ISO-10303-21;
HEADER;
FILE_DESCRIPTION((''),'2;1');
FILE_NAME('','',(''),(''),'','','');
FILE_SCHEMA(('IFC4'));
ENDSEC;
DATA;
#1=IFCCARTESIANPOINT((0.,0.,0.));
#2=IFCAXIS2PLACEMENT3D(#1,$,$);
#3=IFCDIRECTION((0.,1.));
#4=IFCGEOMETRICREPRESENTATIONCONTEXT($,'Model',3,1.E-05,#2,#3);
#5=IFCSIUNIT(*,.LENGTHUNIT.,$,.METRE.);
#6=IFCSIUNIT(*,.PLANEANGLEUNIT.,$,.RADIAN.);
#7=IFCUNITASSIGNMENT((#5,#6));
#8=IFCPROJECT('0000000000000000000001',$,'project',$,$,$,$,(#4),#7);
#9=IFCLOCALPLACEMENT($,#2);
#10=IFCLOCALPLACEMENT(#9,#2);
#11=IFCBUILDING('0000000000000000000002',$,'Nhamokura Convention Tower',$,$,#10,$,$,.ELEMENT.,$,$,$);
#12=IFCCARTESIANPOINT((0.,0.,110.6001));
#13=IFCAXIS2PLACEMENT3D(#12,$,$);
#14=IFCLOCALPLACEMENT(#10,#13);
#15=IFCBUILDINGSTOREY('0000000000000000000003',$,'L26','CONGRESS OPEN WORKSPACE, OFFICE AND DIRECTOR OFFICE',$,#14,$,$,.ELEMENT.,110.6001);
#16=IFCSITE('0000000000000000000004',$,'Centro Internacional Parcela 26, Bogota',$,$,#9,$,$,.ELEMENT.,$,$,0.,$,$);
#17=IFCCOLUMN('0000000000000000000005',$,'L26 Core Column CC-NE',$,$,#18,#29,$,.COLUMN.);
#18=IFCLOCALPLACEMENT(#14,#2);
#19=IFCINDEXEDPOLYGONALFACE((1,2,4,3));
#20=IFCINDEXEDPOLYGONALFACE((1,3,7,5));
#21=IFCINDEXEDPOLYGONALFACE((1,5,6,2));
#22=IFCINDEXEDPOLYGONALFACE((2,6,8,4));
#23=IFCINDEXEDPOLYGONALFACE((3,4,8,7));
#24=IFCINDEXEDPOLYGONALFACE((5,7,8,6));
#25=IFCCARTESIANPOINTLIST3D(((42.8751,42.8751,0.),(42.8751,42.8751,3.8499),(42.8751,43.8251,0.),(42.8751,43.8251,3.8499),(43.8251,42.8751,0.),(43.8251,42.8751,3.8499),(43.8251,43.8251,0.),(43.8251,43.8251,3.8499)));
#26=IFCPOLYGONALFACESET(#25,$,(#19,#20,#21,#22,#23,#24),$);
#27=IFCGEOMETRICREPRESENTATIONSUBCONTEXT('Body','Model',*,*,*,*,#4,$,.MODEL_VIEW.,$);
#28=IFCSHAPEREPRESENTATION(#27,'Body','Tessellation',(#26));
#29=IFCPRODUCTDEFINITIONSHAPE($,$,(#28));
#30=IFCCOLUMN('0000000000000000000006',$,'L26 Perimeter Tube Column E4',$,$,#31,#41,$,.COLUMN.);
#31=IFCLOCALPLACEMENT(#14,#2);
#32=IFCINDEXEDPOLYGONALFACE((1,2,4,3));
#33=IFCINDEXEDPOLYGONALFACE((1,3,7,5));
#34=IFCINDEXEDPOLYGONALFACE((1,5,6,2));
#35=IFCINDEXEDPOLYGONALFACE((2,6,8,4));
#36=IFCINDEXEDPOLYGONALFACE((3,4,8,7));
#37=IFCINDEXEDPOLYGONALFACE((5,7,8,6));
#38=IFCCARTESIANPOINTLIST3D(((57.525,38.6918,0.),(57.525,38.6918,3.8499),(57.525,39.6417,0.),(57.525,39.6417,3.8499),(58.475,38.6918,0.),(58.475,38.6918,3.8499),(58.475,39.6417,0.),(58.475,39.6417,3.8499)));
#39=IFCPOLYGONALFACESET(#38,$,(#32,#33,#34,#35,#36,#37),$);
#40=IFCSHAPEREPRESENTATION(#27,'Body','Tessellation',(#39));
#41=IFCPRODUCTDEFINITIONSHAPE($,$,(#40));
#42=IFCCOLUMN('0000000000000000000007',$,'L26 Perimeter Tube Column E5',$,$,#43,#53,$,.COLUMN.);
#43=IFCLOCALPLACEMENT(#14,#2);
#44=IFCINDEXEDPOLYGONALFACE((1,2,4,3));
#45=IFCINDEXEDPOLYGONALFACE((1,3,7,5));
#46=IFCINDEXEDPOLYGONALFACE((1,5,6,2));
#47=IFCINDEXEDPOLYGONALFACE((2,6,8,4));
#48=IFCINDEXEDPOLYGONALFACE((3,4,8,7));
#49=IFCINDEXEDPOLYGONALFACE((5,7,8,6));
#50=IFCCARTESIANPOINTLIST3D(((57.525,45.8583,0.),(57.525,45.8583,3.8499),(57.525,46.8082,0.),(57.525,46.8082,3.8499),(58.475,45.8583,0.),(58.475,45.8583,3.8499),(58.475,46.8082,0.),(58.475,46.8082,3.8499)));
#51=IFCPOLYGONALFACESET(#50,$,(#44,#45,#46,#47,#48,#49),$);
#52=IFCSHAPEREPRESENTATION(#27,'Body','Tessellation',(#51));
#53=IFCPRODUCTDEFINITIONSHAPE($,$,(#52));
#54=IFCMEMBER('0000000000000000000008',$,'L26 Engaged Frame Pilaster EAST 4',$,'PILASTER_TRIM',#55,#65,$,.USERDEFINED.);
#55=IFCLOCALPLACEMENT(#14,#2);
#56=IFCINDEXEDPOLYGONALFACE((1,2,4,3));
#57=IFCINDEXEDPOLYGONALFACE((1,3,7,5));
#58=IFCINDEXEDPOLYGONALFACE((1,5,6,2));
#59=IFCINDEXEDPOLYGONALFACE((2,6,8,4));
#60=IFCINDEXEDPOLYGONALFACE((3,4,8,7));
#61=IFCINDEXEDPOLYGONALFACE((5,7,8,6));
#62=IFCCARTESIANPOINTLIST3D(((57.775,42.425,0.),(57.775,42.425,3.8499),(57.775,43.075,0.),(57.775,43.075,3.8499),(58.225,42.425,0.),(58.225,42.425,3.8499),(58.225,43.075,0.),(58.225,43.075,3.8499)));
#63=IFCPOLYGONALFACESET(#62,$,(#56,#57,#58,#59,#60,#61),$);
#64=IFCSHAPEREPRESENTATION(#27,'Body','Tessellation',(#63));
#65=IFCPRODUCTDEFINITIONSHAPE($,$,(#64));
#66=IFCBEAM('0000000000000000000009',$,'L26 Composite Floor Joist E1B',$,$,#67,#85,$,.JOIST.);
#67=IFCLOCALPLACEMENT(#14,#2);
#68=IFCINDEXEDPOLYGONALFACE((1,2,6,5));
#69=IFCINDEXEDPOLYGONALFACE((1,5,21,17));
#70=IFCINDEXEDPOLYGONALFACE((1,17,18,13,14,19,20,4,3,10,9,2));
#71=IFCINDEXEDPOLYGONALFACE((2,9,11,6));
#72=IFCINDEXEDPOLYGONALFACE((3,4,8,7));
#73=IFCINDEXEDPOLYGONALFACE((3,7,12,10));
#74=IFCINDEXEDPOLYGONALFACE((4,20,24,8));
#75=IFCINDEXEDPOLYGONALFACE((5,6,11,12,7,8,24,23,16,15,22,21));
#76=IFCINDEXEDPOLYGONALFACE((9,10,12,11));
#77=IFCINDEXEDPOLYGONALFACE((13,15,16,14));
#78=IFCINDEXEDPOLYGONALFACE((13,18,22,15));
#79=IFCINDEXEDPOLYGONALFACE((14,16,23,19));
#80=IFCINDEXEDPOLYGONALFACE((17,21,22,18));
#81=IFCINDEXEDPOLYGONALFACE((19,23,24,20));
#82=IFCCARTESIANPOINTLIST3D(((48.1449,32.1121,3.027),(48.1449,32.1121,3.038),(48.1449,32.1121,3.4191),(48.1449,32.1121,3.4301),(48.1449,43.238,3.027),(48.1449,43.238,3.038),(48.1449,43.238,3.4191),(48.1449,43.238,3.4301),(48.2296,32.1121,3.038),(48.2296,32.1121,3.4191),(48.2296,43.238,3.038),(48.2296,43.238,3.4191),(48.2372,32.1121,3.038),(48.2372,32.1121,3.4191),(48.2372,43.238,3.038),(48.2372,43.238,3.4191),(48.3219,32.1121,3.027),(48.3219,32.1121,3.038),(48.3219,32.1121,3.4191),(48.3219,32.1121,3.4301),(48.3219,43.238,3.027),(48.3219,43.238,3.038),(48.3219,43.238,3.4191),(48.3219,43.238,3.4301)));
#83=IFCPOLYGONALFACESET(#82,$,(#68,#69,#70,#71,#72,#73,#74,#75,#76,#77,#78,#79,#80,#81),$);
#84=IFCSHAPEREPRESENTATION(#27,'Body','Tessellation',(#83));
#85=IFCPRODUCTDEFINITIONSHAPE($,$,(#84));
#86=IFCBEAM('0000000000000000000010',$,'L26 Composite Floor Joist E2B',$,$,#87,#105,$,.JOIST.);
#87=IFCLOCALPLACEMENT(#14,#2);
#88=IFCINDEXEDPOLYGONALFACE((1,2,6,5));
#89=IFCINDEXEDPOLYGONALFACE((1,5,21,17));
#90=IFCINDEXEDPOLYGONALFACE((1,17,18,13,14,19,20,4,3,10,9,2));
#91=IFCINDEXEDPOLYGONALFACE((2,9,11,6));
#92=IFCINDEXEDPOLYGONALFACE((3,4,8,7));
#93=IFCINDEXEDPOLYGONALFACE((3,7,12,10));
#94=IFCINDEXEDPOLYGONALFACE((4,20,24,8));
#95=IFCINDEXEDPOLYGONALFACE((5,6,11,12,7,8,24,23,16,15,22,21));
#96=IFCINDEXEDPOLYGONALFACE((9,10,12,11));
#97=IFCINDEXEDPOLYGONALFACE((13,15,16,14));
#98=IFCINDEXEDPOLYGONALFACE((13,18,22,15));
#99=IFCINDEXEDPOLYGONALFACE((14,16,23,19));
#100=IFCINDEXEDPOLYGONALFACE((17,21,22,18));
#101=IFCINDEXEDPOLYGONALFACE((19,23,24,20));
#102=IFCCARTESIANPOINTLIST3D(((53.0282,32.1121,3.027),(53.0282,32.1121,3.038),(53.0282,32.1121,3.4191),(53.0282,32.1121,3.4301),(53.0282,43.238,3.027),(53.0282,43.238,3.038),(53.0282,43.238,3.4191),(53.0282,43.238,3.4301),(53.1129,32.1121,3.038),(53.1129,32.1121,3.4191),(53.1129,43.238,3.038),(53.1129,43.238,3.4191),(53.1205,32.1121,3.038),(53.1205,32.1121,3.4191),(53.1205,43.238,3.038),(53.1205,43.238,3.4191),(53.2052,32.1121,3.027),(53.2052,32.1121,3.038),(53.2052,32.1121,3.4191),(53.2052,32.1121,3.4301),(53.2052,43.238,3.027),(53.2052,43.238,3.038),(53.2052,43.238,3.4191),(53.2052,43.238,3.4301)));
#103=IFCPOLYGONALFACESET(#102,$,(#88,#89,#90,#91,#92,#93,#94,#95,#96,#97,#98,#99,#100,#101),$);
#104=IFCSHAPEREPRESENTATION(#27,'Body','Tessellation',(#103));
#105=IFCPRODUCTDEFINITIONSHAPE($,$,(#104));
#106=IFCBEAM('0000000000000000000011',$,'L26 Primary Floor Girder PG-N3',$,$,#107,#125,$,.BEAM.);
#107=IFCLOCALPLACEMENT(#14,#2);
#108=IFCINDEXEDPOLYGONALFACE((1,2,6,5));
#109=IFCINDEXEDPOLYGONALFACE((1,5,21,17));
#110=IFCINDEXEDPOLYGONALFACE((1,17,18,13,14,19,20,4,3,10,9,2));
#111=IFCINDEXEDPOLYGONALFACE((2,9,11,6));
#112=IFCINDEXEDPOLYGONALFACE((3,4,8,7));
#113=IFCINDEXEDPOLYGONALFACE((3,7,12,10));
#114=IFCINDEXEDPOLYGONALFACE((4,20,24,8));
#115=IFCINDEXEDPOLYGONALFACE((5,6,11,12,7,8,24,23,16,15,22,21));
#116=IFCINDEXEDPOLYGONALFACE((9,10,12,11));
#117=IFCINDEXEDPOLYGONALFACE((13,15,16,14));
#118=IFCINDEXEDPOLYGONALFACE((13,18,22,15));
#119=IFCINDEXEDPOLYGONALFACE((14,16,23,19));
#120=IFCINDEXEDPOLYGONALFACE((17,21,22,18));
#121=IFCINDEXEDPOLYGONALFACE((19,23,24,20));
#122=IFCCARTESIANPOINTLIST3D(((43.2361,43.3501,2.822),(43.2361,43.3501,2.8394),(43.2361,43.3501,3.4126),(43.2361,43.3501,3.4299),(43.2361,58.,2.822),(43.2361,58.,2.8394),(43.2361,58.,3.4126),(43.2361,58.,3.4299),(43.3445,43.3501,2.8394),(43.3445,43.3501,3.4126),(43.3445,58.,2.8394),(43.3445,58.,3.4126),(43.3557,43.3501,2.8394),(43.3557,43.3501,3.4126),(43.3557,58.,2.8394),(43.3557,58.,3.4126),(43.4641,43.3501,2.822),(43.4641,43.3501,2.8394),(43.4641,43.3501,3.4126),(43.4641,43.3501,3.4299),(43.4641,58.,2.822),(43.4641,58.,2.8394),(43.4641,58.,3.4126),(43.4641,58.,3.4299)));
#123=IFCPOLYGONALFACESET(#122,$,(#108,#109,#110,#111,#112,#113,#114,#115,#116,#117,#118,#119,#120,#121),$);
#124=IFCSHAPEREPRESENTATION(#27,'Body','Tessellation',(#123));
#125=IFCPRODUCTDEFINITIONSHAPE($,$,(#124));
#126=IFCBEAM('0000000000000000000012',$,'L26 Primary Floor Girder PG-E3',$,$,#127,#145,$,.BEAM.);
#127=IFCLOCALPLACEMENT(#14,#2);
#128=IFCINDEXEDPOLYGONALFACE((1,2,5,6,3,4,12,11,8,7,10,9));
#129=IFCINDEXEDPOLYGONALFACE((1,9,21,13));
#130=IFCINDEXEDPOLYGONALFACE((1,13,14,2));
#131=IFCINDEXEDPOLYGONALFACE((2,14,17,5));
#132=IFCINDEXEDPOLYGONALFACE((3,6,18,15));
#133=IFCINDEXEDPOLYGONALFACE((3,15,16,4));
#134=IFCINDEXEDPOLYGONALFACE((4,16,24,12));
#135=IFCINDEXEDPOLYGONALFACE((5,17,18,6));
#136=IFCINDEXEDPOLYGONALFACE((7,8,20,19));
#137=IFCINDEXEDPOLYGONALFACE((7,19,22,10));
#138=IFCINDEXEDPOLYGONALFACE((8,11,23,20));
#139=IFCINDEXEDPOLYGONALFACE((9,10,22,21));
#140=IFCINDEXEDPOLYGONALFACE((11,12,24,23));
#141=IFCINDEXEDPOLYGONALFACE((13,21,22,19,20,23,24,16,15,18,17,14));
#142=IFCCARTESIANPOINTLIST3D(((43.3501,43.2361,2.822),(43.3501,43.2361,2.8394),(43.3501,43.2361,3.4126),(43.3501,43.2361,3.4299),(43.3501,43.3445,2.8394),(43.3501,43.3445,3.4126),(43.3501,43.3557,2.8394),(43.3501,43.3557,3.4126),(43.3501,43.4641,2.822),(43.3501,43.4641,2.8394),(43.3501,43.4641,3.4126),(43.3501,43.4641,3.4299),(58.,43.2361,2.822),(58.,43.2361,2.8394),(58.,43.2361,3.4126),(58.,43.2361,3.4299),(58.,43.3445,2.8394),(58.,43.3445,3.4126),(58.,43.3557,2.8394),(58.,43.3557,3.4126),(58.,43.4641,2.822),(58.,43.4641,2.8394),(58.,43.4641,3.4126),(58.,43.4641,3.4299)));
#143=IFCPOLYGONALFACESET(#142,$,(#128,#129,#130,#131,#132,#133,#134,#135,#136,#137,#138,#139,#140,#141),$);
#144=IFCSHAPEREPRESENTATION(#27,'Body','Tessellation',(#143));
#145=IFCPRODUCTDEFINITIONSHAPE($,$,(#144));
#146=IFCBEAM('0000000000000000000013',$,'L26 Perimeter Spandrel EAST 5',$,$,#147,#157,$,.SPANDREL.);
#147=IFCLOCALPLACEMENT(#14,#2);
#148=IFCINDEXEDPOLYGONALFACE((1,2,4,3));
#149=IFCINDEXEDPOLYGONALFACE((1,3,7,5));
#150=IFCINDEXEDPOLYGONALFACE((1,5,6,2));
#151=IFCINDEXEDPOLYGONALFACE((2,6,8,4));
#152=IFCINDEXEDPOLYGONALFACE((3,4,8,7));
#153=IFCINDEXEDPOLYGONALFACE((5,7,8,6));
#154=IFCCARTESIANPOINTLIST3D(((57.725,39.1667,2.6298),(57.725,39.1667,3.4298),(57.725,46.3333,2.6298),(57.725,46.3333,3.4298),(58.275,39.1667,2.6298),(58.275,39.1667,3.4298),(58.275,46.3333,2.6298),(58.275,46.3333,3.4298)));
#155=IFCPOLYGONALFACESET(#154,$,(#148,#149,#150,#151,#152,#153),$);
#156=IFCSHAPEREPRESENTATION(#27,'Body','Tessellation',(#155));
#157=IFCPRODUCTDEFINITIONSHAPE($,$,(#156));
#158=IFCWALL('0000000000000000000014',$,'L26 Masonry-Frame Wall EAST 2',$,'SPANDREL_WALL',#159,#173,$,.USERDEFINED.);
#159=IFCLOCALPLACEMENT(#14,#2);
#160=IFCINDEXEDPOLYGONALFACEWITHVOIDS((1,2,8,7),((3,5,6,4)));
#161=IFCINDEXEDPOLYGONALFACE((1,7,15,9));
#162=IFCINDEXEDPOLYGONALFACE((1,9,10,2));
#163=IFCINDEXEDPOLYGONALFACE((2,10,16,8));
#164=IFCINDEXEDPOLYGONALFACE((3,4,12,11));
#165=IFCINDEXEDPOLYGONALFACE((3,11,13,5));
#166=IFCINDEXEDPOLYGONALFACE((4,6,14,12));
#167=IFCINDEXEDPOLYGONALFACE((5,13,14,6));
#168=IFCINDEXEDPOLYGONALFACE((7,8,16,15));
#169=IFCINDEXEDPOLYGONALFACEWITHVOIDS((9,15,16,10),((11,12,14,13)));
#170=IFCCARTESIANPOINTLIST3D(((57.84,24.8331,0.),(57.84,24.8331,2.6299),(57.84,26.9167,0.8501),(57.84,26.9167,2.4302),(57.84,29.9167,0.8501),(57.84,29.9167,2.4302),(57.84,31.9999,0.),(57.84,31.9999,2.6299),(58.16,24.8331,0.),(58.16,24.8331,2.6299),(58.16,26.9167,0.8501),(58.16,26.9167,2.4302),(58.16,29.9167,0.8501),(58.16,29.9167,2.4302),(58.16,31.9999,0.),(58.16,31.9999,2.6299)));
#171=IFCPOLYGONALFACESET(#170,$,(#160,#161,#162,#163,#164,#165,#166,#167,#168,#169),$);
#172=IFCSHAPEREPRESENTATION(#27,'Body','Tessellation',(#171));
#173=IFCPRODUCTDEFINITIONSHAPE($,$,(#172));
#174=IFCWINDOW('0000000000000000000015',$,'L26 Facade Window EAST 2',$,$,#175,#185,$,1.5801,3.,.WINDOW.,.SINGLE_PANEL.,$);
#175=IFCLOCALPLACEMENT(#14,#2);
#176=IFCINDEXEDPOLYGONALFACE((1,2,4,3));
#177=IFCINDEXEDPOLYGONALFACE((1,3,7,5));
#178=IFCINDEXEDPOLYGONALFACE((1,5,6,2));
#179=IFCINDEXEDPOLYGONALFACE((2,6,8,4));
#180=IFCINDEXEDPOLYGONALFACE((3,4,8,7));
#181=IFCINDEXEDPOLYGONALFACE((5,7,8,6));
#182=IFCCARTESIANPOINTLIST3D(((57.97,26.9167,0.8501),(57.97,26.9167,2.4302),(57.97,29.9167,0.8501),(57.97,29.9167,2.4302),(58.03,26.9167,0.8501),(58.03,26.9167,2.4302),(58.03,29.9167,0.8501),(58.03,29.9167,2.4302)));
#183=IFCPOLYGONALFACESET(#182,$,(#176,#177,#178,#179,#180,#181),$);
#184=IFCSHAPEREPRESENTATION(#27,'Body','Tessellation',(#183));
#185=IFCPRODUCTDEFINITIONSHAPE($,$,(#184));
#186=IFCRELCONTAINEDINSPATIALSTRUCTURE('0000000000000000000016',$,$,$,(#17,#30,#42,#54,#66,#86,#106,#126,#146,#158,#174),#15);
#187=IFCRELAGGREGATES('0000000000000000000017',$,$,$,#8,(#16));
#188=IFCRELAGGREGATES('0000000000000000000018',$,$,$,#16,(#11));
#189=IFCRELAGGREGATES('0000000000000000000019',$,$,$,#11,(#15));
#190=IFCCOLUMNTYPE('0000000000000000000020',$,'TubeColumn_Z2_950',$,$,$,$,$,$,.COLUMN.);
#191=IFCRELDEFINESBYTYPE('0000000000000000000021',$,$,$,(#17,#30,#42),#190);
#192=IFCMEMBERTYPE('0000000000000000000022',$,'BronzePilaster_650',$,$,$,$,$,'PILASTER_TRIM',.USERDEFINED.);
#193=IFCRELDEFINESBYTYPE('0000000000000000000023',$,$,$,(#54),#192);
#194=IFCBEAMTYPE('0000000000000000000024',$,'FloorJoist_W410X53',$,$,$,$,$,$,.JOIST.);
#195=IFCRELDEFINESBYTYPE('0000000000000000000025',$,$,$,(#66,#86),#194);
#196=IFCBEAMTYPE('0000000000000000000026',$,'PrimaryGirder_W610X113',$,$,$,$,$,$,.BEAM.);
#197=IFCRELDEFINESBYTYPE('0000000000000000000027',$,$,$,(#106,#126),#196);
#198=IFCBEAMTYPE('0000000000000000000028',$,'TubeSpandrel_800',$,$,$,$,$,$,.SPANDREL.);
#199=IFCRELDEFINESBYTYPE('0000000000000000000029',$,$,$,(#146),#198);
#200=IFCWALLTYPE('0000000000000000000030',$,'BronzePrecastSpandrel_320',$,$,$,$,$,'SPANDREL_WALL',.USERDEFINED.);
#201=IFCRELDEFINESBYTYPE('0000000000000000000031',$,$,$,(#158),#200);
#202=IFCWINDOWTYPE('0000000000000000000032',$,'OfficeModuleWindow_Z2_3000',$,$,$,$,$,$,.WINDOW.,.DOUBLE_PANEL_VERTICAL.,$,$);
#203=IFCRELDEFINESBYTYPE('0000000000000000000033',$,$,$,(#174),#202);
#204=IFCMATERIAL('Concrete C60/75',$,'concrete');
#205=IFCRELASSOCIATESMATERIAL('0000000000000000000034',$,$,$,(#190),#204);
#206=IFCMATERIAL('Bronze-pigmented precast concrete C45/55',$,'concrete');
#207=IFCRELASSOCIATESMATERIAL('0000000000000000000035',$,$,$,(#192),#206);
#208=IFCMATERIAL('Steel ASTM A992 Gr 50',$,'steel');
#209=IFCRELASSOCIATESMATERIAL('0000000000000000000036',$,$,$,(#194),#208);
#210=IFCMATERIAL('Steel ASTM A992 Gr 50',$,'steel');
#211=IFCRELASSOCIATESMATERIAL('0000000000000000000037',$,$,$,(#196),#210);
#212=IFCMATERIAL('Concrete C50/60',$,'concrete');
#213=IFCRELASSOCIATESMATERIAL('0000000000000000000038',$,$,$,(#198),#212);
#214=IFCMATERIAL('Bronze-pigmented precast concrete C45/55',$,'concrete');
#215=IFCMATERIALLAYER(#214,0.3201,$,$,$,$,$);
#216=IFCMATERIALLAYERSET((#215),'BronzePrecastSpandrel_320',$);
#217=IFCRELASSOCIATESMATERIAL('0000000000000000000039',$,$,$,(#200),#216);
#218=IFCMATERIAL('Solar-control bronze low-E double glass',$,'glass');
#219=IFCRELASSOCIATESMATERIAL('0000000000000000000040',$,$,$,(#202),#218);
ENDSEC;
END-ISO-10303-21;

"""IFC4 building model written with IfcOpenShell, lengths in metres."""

from ifc_helpers import new_model, si_unit, direction, frame, frame_2d, origin, origin_2d, place, context, subcontext, project, spatial, rectangle, i_section, extrude, material, layer, layer_set, material_profile, profile_set, type_object, element, fill, save


model = new_model("IFC4")

# Units and contexts
model_context = context("Model", 3, precision=1e-05, world=origin(), true_north=direction((0.0, 1.0)))
body_context = subcontext(model_context, "Body", "Model", "MODEL_VIEW")
ifc_project = project(units=[si_unit("LENGTHUNIT", "METRE"), si_unit("PLANEANGLEUNIT", "RADIAN")], contexts=[model_context])

# Site, building, storey
site_placement = place(None, origin())
site = spatial("IfcSite", under=ifc_project, at=site_placement, Name="Centro Internacional Parcela 26, Bogota", CompositionType="ELEMENT", RefElevation=0.0)
building_placement = place(site_placement, origin())
building = spatial("IfcBuilding", under=site, at=building_placement, Name="Nhamokura Convention Tower", CompositionType="ELEMENT")
storey_placement = place(building_placement, frame((0.0, 0.0, 110.6001)))
storey = spatial("IfcBuildingStorey", under=building, at=storey_placement, Name="L26", Description="CONGRESS OPEN WORKSPACE, OFFICE AND DIRECTOR OFFICE", CompositionType="ELEMENT", Elevation=110.6001)

# Columns
ifc_material_1 = material(Name="Concrete C60/75", Category="concrete")
ifc_material_profile_1 = material_profile(ifc_material_1, rectangle(XDim=0.95, YDim=0.95, at=origin_2d()))
ifc_profile_set_1 = profile_set([ifc_material_profile_1], Name="Concrete C60/75")
column_type = type_object("IfcColumnType", Name="TubeColumn_Z2_950", PredefinedType="COLUMN", material=ifc_profile_set_1)
for number, where, z_axis, x_axis, name in (
    (1, (43.3501, 43.3501, 0.0), (0.0, 0.0, 1.0), (1.0, 0.0, 0.0), "L26 Core Column CC-NE"),
    (2, (58.0, 39.1667, 0.0), (0.0, 0.0, 1.0), (1.0, 0.0, 0.0), "L26 Perimeter Tube Column E4"),
    (3, (58.0, 46.3333, 0.0), (0.0, 0.0, 1.0), (1.0, 0.0, 0.0), "L26 Perimeter Tube Column E5"),
):
    element("IfcColumn", number, at=place(storey_placement, frame(where, z_axis=z_axis, x_axis=x_axis)), inside=storey, type_object=column_type, Name=name, PredefinedType="COLUMN", context=body_context, shape_type="SweptSolid", body=[
        extrude(rectangle(XDim=0.95, YDim=0.95, at=origin_2d()), origin(), (0.0, 0.0, 1.0), 3.8499),
    ])

# Member
ifc_material_2 = material(Name="Bronze-pigmented precast concrete C45/55", Category="concrete")
ifc_material_profile_2 = material_profile(ifc_material_2, rectangle(XDim=0.45, YDim=0.6499, at=origin_2d()))
ifc_profile_set_2 = profile_set([ifc_material_profile_2], Name="Bronze-pigmented precast concrete C45/55")
member_type = type_object("IfcMemberType", Name="BronzePilaster_650", ElementType="PILASTER_TRIM", PredefinedType="USERDEFINED", material=ifc_profile_set_2)
member_placement = place(storey_placement, frame((58.0, 42.75, 0.0), z_axis=(0.0, 0.0, 1.0), x_axis=(1.0, 0.0, 0.0)))
element("IfcMember", 4, at=member_placement, inside=storey, type_object=member_type, Name="L26 Engaged Frame Pilaster EAST 4", ObjectType="PILASTER_TRIM", PredefinedType="USERDEFINED", context=body_context, shape_type="SweptSolid", body=[
    extrude(rectangle(XDim=0.45, YDim=0.6499, at=origin_2d()), origin(), (0.0, 0.0, 1.0), 3.8499),
])

# Beams
ifc_material_3 = material(Name="Steel ASTM A992 Gr 50", Category="steel")
ifc_material_profile_3 = material_profile(ifc_material_3, i_section(OverallWidth=0.177, OverallDepth=0.4031, WebThickness=0.0076, FlangeThickness=0.011, at=origin_2d()))
ifc_profile_set_3 = profile_set([ifc_material_profile_3], Name="Steel ASTM A992 Gr 50")
beam_type_1 = type_object("IfcBeamType", Name="FloorJoist_W410X53", PredefinedType="JOIST", material=ifc_profile_set_3)
for number, where, z_axis, x_axis, name in (
    (5, (48.2334, 32.1121, 3.2285), (0.0, 1.0, 0.0), (-1.0, 0.0, 0.0), "L26 Composite Floor Joist E1B"),
    (6, (53.1167, 32.1121, 3.2285), (0.0, 1.0, 0.0), (-1.0, 0.0, 0.0), "L26 Composite Floor Joist E2B"),
):
    element("IfcBeam", number, at=place(storey_placement, frame(where, z_axis=z_axis, x_axis=x_axis)), inside=storey, type_object=beam_type_1, Name=name, PredefinedType="JOIST", context=body_context, shape_type="SweptSolid", body=[
        extrude(i_section(OverallWidth=0.177, OverallDepth=0.4031, WebThickness=0.0076, FlangeThickness=0.011, at=origin_2d()), origin(), (0.0, 0.0, 1.0), 11.126),
    ])
ifc_material_4 = material(Name="Steel ASTM A992 Gr 50", Category="steel")
ifc_material_profile_4 = material_profile(ifc_material_4, i_section(OverallWidth=0.228, OverallDepth=0.6079, WebThickness=0.0112, FlangeThickness=0.0173, at=origin_2d()))
ifc_profile_set_4 = profile_set([ifc_material_profile_4], Name="Steel ASTM A992 Gr 50")
beam_type_2 = type_object("IfcBeamType", Name="PrimaryGirder_W610X113", PredefinedType="BEAM", material=ifc_profile_set_4)
for number, where, z_axis, x_axis, name in (
    (7, (43.3501, 43.3501, 3.126), (0.0, 1.0, 0.0), (-1.0, 0.0, 0.0), "L26 Primary Floor Girder PG-N3"),
    (8, (43.3501, 43.3501, 3.126), (1.0, 0.0, 0.0), (0.0, 1.0, 0.0), "L26 Primary Floor Girder PG-E3"),
):
    element("IfcBeam", number, at=place(storey_placement, frame(where, z_axis=z_axis, x_axis=x_axis)), inside=storey, type_object=beam_type_2, Name=name, PredefinedType="BEAM", context=body_context, shape_type="SweptSolid", body=[
        extrude(i_section(OverallWidth=0.228, OverallDepth=0.6079, WebThickness=0.0112, FlangeThickness=0.0173, at=origin_2d()), origin(), (0.0, 0.0, 1.0), 14.6499),
    ])
ifc_material_5 = material(Name="Concrete C50/60", Category="concrete")
ifc_material_profile_5 = material_profile(ifc_material_5, rectangle(XDim=0.55, YDim=0.8, at=origin_2d()))
ifc_profile_set_5 = profile_set([ifc_material_profile_5], Name="Concrete C50/60")
beam_type_3 = type_object("IfcBeamType", Name="TubeSpandrel_800", PredefinedType="SPANDREL", material=ifc_profile_set_5)
beam_placement = place(storey_placement, frame((58.0, 39.1667, 3.0298), z_axis=(0.0, 1.0, 0.0), x_axis=(-1.0, 0.0, 0.0)))
element("IfcBeam", 9, at=beam_placement, inside=storey, type_object=beam_type_3, Name="L26 Perimeter Spandrel EAST 5", PredefinedType="SPANDREL", context=body_context, shape_type="SweptSolid", body=[
    extrude(rectangle(XDim=0.55, YDim=0.8, at=origin_2d()), origin(), (0.0, 0.0, 1.0), 7.1665),
])

# Wall, opening, window
ifc_material_6 = material(Name="Bronze-pigmented precast concrete C45/55", Category="concrete")
ifc_layer_1 = layer(ifc_material_6, 0.3201)
ifc_layer_set_1 = layer_set([ifc_layer_1], Name="BronzePrecastSpandrel_320")
wall_type_1 = type_object("IfcWallType", Name="BronzePrecastSpandrel_320", ElementType="SPANDREL_WALL", PredefinedType="USERDEFINED", material=ifc_layer_set_1)
wall_1_placement = place(storey_placement, frame((58.0, 32.0, 0.0), z_axis=(0.0, 0.0, 1.0), x_axis=(0.0, -1.0, 0.0)))
wall_1 = element("IfcWall", 10, at=wall_1_placement, inside=storey, type_object=wall_type_1, Name="L26 Masonry-Frame Wall EAST 2", ObjectType="SPANDREL_WALL", PredefinedType="USERDEFINED", context=body_context, shape_type="SweptSolid", body=[
    extrude(rectangle(XDim=7.1667, YDim=0.3201, at=frame_2d((3.5835, 0.0))), origin(), (0.0, 0.0, 1.0), 2.6299),
])
opening_1_placement = place(wall_1_placement, frame((2.0833, 0.0, 0.8501)))
opening_1 = element("IfcOpeningElement", 11, at=opening_1_placement, cuts=wall_1, PredefinedType="OPENING", context=body_context, shape_type="SweptSolid", body=[
    extrude(rectangle(XDim=3.0, YDim=1.5801, at=frame_2d((1.5, 0.79))), frame((0.0, 0.1699, 0.0), z_axis=(0.0, -1.0, 0.0), x_axis=(1.0, 0.0, 0.0)), (0.0, 0.0, 1.0), 0.3401),
])
ifc_material_7 = material(Name="Solar-control bronze low-E double glass", Category="glass")
window_type = type_object("IfcWindowType", Name="OfficeModuleWindow_Z2_3000", PartitioningType="DOUBLE_PANEL_VERTICAL", PredefinedType="WINDOW", material=ifc_material_7)
window_1_placement = place(opening_1_placement, origin())
window_1 = element("IfcWindow", 12, at=window_1_placement, inside=storey, type_object=window_type, Name="L26 Facade Window EAST 2", OverallHeight=1.5801, OverallWidth=3.0, PartitioningType="SINGLE_PANEL", PredefinedType="WINDOW", context=body_context, shape_type="SweptSolid", body=[
    extrude(rectangle(XDim=3.0, YDim=1.5801, at=frame_2d((1.5, 0.79))), frame((0.0, 0.03, 0.0), z_axis=(0.0, -1.0, 0.0), x_axis=(1.0, 0.0, 0.0)), (0.0, 0.0, 1.0), 0.0601),
])
fill(opening_1, window_1)

save(model, "model.ifc")
